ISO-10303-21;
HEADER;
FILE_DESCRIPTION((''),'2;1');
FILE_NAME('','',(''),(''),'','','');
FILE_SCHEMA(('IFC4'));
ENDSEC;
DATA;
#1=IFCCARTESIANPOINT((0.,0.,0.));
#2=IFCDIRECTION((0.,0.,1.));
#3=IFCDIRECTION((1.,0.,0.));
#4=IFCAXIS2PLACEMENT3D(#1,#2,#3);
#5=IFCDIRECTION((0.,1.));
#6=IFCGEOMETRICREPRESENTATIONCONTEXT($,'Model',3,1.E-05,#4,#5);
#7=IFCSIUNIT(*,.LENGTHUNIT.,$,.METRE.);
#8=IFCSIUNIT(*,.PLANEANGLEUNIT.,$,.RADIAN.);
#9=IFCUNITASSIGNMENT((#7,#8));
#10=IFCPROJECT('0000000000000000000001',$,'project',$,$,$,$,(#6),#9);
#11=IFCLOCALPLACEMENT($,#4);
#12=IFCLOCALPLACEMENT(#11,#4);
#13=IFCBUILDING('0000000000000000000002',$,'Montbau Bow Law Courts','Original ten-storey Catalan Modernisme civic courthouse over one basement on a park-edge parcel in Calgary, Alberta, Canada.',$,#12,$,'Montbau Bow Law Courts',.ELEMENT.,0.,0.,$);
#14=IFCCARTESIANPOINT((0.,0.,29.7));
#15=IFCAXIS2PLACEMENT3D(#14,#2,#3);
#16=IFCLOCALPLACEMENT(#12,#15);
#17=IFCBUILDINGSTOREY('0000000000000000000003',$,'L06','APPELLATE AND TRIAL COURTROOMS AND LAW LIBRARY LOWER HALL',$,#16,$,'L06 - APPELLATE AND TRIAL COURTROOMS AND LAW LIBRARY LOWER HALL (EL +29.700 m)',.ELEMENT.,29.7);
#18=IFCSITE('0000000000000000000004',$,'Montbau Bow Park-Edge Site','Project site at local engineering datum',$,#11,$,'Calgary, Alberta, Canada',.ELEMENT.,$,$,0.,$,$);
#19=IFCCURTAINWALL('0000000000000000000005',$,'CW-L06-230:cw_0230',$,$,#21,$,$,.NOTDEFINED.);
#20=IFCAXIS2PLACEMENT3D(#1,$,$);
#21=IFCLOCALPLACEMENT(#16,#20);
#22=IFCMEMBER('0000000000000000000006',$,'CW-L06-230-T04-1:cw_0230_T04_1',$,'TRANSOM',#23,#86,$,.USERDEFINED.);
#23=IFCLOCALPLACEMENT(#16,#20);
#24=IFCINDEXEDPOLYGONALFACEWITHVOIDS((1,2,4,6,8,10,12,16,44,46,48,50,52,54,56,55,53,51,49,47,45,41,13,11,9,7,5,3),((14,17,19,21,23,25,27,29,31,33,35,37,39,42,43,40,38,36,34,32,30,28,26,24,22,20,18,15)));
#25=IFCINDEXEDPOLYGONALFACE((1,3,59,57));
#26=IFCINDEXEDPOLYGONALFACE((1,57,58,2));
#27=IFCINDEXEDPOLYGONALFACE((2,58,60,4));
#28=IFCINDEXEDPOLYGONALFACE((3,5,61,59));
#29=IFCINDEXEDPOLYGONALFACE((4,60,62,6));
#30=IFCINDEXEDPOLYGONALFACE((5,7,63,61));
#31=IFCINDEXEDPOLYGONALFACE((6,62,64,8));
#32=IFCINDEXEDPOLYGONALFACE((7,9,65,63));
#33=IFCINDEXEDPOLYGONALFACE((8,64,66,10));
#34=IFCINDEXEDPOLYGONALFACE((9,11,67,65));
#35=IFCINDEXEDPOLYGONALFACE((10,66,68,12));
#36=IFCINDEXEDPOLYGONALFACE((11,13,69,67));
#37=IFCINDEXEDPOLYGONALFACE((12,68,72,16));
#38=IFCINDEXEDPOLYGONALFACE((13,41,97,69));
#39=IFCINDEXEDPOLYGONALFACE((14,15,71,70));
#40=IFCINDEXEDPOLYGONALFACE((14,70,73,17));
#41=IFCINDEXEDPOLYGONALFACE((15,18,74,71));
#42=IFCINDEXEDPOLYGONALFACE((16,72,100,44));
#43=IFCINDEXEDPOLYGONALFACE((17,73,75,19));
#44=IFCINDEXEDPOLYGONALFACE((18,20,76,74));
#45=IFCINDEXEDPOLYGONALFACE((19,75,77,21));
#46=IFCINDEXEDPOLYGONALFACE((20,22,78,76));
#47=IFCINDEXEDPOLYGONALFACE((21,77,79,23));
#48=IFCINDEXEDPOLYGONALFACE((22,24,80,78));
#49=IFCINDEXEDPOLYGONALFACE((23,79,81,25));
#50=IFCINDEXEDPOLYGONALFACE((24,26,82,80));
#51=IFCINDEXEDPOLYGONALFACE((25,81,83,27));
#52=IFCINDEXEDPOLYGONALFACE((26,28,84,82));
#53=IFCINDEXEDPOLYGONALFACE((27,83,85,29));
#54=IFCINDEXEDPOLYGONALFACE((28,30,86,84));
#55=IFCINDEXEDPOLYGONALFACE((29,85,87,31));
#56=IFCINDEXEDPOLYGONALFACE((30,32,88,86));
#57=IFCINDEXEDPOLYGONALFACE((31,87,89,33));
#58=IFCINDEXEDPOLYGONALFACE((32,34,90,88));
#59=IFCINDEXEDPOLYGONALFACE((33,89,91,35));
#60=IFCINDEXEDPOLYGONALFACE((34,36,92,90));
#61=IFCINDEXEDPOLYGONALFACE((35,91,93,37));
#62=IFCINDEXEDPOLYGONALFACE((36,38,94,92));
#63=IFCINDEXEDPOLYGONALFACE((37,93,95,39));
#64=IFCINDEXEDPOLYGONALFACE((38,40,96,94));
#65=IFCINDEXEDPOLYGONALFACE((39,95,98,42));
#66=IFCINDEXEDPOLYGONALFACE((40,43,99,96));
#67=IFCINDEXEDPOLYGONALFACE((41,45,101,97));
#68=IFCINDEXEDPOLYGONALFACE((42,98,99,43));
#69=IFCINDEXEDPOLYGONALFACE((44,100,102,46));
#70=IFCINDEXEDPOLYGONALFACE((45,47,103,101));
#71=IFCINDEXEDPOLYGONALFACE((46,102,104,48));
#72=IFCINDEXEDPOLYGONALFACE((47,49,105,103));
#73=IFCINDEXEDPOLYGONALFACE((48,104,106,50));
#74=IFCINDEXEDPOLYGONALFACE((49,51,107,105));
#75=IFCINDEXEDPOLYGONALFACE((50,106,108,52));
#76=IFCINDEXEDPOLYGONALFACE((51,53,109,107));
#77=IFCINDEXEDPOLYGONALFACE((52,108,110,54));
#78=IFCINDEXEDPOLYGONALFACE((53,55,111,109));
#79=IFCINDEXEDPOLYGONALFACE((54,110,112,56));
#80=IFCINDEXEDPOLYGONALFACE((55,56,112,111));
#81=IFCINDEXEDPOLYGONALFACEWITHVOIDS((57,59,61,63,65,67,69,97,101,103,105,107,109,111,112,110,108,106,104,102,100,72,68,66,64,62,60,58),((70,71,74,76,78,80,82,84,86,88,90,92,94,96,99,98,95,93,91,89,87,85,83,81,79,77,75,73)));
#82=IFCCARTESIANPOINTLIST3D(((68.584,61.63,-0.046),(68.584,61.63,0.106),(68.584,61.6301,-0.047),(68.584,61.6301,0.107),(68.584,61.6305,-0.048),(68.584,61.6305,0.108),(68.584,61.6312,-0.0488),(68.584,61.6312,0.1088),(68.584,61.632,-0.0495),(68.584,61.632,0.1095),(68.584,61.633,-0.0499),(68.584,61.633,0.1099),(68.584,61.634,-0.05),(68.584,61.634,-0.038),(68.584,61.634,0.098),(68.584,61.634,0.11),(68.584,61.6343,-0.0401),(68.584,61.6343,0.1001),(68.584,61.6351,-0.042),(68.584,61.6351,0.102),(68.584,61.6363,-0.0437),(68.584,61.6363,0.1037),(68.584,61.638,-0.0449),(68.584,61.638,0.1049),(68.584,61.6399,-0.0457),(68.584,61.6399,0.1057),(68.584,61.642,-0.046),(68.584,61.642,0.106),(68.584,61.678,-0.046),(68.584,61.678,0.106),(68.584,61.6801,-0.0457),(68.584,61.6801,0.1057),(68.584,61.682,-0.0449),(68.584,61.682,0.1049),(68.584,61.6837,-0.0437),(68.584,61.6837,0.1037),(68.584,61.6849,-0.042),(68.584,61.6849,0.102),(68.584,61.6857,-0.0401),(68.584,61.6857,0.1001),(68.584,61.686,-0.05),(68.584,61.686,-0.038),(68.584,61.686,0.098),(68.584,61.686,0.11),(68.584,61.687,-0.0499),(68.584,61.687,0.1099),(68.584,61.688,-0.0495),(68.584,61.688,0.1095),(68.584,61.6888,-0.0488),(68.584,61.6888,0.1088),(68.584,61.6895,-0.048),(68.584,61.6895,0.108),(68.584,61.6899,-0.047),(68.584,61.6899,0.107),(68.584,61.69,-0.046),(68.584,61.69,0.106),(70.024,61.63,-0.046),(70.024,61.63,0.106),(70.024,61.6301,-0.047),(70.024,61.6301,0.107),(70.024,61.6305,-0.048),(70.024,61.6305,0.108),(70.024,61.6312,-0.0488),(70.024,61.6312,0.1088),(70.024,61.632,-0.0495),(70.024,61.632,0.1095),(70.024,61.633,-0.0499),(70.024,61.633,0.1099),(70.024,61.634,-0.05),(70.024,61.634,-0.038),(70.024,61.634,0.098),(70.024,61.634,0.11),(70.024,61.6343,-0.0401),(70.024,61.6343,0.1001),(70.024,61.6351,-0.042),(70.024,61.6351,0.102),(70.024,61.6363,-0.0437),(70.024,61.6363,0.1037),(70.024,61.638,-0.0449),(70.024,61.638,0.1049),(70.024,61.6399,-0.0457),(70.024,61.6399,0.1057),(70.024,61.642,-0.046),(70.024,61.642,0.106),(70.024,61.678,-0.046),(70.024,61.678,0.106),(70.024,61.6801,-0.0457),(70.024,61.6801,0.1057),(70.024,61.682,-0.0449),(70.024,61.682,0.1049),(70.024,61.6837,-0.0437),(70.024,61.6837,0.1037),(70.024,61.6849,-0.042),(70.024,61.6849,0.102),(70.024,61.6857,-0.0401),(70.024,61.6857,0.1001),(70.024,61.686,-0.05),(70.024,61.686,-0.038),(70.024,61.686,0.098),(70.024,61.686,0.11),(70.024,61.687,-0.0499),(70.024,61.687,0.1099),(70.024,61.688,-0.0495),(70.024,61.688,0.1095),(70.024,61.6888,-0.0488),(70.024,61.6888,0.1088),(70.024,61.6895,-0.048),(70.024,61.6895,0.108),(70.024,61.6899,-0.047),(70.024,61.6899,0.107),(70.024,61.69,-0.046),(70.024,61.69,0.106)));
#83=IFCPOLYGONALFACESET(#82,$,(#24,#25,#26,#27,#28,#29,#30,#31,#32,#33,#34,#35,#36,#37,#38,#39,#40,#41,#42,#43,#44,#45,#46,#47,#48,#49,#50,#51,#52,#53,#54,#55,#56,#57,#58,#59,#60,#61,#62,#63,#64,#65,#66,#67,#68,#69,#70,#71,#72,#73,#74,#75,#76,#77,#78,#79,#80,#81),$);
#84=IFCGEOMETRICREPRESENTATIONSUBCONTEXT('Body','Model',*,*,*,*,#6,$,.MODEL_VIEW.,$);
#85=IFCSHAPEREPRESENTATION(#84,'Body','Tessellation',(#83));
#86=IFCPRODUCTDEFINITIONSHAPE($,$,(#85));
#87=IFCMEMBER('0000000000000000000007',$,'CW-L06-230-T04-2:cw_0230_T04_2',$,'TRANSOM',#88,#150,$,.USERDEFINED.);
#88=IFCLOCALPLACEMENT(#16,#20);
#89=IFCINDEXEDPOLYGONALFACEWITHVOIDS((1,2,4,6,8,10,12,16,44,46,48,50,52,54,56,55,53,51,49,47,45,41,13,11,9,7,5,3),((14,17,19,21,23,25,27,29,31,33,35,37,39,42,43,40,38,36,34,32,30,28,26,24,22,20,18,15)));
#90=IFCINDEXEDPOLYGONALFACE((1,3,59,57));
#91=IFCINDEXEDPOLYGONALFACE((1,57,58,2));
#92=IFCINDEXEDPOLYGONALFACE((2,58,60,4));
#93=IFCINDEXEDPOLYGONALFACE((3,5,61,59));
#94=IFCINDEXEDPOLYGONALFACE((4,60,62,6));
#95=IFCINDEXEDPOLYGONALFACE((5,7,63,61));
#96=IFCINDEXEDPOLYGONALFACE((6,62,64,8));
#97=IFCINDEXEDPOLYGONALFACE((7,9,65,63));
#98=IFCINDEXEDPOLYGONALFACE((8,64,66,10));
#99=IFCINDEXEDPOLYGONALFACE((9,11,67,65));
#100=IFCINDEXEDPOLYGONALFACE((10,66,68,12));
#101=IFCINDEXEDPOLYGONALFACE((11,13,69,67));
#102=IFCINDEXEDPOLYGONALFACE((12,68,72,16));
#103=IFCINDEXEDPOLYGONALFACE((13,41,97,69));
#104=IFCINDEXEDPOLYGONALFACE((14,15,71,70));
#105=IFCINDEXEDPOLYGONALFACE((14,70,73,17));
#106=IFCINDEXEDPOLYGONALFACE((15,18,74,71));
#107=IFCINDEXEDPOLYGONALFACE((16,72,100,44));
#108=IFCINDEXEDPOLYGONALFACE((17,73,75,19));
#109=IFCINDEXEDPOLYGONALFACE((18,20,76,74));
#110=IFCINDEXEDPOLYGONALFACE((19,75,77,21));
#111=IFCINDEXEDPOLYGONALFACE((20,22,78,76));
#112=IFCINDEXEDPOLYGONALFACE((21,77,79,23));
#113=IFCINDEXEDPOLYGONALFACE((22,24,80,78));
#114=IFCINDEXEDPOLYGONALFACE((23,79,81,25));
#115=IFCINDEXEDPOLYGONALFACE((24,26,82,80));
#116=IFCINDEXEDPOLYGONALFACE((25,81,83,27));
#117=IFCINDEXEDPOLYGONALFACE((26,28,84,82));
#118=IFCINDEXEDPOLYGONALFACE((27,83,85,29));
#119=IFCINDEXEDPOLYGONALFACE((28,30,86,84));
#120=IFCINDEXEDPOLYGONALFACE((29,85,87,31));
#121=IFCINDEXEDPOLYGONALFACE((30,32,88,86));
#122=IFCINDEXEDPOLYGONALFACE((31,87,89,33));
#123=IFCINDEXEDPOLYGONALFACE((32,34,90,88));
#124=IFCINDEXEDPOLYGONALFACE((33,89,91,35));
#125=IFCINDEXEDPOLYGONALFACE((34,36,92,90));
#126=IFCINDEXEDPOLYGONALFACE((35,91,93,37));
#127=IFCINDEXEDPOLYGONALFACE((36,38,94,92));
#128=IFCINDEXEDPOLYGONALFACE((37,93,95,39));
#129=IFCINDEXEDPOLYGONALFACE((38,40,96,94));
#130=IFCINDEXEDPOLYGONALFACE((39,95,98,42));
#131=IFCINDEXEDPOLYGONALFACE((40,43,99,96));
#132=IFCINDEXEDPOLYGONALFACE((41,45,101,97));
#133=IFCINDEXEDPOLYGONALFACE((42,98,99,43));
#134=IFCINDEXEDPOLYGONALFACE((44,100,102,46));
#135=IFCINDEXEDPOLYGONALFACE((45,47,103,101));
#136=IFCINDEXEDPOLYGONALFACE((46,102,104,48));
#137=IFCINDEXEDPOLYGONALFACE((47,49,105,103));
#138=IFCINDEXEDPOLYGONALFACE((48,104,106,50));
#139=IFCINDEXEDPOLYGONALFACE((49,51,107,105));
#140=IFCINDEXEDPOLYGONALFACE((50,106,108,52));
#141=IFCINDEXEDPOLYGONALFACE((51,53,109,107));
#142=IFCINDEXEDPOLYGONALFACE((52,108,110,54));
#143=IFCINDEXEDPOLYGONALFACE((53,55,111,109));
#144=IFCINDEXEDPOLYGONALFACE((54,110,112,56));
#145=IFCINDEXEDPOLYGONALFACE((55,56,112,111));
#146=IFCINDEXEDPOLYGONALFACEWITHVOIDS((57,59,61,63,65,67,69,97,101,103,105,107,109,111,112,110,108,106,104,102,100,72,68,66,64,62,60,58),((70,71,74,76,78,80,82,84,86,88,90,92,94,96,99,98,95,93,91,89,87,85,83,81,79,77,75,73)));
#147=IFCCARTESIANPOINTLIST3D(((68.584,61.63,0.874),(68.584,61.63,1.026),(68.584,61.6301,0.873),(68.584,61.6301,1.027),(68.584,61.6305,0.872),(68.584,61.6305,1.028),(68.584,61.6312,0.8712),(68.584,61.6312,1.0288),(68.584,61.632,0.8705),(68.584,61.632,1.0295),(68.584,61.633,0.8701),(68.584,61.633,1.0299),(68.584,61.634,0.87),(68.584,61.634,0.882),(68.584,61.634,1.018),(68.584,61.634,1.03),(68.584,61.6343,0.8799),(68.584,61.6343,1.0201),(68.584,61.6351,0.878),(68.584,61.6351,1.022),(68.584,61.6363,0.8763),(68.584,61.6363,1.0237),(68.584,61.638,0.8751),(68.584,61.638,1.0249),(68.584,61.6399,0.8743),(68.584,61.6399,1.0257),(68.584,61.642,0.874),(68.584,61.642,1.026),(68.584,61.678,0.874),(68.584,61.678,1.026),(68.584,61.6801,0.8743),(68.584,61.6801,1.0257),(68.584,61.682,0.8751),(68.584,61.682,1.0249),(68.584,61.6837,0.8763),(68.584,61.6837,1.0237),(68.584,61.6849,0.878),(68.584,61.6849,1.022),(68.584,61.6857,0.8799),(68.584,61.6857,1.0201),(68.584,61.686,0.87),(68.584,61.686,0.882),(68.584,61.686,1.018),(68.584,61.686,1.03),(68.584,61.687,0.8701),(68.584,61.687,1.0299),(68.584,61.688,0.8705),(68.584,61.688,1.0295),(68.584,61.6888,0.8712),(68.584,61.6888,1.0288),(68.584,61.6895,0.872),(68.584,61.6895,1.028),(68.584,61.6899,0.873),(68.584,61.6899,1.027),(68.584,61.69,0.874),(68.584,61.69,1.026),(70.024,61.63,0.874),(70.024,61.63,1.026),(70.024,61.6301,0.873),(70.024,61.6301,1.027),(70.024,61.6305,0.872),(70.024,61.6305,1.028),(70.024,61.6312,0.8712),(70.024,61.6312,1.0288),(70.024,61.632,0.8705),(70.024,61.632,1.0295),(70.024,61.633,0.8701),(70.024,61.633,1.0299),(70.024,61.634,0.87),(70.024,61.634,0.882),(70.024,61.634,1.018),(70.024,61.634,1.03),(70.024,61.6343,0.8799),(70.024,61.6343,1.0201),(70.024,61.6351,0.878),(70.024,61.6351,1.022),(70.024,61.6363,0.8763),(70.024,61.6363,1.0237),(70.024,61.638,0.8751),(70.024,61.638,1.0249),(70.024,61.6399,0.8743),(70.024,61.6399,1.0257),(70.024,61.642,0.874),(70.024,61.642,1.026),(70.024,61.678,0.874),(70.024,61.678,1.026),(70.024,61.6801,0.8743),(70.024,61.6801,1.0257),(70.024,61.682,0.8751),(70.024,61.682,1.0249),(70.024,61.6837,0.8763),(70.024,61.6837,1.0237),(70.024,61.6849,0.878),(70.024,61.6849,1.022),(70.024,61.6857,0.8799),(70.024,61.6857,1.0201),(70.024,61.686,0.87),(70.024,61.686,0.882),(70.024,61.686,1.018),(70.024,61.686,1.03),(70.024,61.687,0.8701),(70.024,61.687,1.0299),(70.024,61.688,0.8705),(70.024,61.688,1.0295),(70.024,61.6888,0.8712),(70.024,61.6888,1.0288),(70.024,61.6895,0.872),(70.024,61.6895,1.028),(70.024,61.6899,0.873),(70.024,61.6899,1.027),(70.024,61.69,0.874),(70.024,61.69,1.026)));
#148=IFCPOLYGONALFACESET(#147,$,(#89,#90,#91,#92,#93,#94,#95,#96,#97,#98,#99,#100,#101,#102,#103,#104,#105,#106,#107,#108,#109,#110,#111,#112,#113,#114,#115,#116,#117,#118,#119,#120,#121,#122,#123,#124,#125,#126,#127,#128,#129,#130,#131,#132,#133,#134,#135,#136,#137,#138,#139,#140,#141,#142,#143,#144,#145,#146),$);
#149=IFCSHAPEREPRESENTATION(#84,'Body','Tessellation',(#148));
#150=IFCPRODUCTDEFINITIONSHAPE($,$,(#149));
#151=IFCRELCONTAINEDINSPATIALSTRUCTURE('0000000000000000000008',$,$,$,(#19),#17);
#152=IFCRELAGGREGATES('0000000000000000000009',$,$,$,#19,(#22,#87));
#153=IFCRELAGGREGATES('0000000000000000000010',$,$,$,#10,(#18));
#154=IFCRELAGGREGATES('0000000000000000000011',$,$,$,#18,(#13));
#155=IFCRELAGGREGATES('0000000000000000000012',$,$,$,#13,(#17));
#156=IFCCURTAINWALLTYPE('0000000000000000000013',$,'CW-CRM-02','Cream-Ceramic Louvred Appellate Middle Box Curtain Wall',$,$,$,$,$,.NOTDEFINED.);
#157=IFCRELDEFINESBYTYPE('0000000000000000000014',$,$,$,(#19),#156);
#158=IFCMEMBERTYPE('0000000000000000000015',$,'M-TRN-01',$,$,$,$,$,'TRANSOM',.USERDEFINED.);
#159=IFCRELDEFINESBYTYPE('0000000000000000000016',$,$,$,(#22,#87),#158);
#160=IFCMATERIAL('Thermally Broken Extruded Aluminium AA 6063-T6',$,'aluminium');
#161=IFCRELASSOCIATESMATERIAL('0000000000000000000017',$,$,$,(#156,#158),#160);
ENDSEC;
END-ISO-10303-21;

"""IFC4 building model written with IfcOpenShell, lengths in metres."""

from ifc_helpers import new_model, si_unit, direction, frame, origin_with_axes, origin_2d_with_axis, place, context, subcontext, project, spatial, hollow_rectangle, extrude, material, material_profile, profile_set, type_object, element, aggregate, save


model = new_model("IFC4")

# Units and contexts
model_context = context("Model", 3, precision=1e-05, world=origin_with_axes(), true_north=direction((0.0, 1.0)))
body_context = subcontext(model_context, "Body", "Model", "MODEL_VIEW")
ifc_project = project(units=[si_unit("LENGTHUNIT", "METRE"), si_unit("PLANEANGLEUNIT", "RADIAN")], contexts=[model_context])

# Site, building, storey
site_placement = place(None, origin_with_axes())
site = spatial("IfcSite", under=ifc_project, at=site_placement, Name="Montbau Bow Park-Edge Site", Description="Project site at local engineering datum", LongName="Calgary, Alberta, Canada", CompositionType="ELEMENT", RefElevation=0.0)
building_placement = place(site_placement, origin_with_axes())
building = spatial("IfcBuilding", under=site, at=building_placement, Name="Montbau Bow Law Courts", Description="Original ten-storey Catalan Modernisme civic courthouse over one basement on a park-edge parcel in Calgary, Alberta, Canada.", LongName="Montbau Bow Law Courts", CompositionType="ELEMENT", ElevationOfRefHeight=0.0, ElevationOfTerrain=0.0)
storey_placement = place(building_placement, frame((0.0, 0.0, 29.7), z_axis=(0.0, 0.0, 1.0), x_axis=(1.0, 0.0, 0.0)))
storey = spatial("IfcBuildingStorey", under=building, at=storey_placement, Name="L06", Description="APPELLATE AND TRIAL COURTROOMS AND LAW LIBRARY LOWER HALL", LongName="L06 - APPELLATE AND TRIAL COURTROOMS AND LAW LIBRARY LOWER HALL (EL +29.700 m)", CompositionType="ELEMENT", Elevation=29.7)

# Curtain wall, members
ifc_material_1 = material(Name="Thermally Broken Extruded Aluminium AA 6063-T6", Category="aluminium")
curtain_wall_type = type_object("IfcCurtainWallType", Name="CW-CRM-02", Description="Cream-Ceramic Louvred Appellate Middle Box Curtain Wall", PredefinedType="NOTDEFINED", material=ifc_material_1)
curtain_wall_1_placement = place(None, frame((64.04, 61.66, 29.7), z_axis=(0.0, 0.0, 1.0), x_axis=(1.0, 0.0, 0.0)))
curtain_wall_1 = element("IfcCurtainWall", 1, at=curtain_wall_1_placement, inside=storey, type_object=curtain_wall_type, Name="CW-L06-230:cw_0230", PredefinedType="NOTDEFINED")
ifc_material_profile_1 = material_profile(ifc_material_1, hollow_rectangle(XDim=0.06, YDim=0.16, WallThickness=0.004, InnerFilletRadius=0.008, OuterFilletRadius=0.004, at=origin_2d_with_axis()), Name="CWT-160X60", Category="Main", Priority=0)
ifc_profile_set_1 = profile_set([ifc_material_profile_1], Name="Thermally Broken Extruded Aluminium AA 6063-T6")
member_type_1 = type_object("IfcMemberType", Name="M-TRN-01", ElementType="TRANSOM", PredefinedType="USERDEFINED", material=ifc_profile_set_1)
member_1_placement = place(None, frame((68.584, 61.66, 29.73), z_axis=(1.0, 0.0, 0.0), x_axis=(0.0, 1.0, 0.0)))
member_1 = element("IfcMember", 2, at=member_1_placement, type_object=member_type_1, Name="CW-L06-230-T04-1:cw_0230_T04_1", ObjectType="TRANSOM", PredefinedType="USERDEFINED", context=body_context, shape_type="SweptSolid", body=[
    extrude(hollow_rectangle(XDim=0.06, YDim=0.16, WallThickness=0.004, InnerFilletRadius=0.008, OuterFilletRadius=0.004, at=origin_2d_with_axis()), origin_with_axes(), (0.0, 0.0, 1.0), 1.44),
])
member_2_placement = place(None, frame((68.584, 61.66, 30.65), z_axis=(1.0, 0.0, 0.0), x_axis=(0.0, 1.0, 0.0)))
member_2 = element("IfcMember", 3, at=member_2_placement, type_object=member_type_1, Name="CW-L06-230-T04-2:cw_0230_T04_2", ObjectType="TRANSOM", PredefinedType="USERDEFINED", context=body_context, shape_type="SweptSolid", body=[
    extrude(hollow_rectangle(XDim=0.06, YDim=0.16, WallThickness=0.004, InnerFilletRadius=0.008, OuterFilletRadius=0.004, at=origin_2d_with_axis()), origin_with_axes(), (0.0, 0.0, 1.0), 1.44),
])

aggregate(curtain_wall_1, [member_1, member_2])

save(model, "model.ifc")
